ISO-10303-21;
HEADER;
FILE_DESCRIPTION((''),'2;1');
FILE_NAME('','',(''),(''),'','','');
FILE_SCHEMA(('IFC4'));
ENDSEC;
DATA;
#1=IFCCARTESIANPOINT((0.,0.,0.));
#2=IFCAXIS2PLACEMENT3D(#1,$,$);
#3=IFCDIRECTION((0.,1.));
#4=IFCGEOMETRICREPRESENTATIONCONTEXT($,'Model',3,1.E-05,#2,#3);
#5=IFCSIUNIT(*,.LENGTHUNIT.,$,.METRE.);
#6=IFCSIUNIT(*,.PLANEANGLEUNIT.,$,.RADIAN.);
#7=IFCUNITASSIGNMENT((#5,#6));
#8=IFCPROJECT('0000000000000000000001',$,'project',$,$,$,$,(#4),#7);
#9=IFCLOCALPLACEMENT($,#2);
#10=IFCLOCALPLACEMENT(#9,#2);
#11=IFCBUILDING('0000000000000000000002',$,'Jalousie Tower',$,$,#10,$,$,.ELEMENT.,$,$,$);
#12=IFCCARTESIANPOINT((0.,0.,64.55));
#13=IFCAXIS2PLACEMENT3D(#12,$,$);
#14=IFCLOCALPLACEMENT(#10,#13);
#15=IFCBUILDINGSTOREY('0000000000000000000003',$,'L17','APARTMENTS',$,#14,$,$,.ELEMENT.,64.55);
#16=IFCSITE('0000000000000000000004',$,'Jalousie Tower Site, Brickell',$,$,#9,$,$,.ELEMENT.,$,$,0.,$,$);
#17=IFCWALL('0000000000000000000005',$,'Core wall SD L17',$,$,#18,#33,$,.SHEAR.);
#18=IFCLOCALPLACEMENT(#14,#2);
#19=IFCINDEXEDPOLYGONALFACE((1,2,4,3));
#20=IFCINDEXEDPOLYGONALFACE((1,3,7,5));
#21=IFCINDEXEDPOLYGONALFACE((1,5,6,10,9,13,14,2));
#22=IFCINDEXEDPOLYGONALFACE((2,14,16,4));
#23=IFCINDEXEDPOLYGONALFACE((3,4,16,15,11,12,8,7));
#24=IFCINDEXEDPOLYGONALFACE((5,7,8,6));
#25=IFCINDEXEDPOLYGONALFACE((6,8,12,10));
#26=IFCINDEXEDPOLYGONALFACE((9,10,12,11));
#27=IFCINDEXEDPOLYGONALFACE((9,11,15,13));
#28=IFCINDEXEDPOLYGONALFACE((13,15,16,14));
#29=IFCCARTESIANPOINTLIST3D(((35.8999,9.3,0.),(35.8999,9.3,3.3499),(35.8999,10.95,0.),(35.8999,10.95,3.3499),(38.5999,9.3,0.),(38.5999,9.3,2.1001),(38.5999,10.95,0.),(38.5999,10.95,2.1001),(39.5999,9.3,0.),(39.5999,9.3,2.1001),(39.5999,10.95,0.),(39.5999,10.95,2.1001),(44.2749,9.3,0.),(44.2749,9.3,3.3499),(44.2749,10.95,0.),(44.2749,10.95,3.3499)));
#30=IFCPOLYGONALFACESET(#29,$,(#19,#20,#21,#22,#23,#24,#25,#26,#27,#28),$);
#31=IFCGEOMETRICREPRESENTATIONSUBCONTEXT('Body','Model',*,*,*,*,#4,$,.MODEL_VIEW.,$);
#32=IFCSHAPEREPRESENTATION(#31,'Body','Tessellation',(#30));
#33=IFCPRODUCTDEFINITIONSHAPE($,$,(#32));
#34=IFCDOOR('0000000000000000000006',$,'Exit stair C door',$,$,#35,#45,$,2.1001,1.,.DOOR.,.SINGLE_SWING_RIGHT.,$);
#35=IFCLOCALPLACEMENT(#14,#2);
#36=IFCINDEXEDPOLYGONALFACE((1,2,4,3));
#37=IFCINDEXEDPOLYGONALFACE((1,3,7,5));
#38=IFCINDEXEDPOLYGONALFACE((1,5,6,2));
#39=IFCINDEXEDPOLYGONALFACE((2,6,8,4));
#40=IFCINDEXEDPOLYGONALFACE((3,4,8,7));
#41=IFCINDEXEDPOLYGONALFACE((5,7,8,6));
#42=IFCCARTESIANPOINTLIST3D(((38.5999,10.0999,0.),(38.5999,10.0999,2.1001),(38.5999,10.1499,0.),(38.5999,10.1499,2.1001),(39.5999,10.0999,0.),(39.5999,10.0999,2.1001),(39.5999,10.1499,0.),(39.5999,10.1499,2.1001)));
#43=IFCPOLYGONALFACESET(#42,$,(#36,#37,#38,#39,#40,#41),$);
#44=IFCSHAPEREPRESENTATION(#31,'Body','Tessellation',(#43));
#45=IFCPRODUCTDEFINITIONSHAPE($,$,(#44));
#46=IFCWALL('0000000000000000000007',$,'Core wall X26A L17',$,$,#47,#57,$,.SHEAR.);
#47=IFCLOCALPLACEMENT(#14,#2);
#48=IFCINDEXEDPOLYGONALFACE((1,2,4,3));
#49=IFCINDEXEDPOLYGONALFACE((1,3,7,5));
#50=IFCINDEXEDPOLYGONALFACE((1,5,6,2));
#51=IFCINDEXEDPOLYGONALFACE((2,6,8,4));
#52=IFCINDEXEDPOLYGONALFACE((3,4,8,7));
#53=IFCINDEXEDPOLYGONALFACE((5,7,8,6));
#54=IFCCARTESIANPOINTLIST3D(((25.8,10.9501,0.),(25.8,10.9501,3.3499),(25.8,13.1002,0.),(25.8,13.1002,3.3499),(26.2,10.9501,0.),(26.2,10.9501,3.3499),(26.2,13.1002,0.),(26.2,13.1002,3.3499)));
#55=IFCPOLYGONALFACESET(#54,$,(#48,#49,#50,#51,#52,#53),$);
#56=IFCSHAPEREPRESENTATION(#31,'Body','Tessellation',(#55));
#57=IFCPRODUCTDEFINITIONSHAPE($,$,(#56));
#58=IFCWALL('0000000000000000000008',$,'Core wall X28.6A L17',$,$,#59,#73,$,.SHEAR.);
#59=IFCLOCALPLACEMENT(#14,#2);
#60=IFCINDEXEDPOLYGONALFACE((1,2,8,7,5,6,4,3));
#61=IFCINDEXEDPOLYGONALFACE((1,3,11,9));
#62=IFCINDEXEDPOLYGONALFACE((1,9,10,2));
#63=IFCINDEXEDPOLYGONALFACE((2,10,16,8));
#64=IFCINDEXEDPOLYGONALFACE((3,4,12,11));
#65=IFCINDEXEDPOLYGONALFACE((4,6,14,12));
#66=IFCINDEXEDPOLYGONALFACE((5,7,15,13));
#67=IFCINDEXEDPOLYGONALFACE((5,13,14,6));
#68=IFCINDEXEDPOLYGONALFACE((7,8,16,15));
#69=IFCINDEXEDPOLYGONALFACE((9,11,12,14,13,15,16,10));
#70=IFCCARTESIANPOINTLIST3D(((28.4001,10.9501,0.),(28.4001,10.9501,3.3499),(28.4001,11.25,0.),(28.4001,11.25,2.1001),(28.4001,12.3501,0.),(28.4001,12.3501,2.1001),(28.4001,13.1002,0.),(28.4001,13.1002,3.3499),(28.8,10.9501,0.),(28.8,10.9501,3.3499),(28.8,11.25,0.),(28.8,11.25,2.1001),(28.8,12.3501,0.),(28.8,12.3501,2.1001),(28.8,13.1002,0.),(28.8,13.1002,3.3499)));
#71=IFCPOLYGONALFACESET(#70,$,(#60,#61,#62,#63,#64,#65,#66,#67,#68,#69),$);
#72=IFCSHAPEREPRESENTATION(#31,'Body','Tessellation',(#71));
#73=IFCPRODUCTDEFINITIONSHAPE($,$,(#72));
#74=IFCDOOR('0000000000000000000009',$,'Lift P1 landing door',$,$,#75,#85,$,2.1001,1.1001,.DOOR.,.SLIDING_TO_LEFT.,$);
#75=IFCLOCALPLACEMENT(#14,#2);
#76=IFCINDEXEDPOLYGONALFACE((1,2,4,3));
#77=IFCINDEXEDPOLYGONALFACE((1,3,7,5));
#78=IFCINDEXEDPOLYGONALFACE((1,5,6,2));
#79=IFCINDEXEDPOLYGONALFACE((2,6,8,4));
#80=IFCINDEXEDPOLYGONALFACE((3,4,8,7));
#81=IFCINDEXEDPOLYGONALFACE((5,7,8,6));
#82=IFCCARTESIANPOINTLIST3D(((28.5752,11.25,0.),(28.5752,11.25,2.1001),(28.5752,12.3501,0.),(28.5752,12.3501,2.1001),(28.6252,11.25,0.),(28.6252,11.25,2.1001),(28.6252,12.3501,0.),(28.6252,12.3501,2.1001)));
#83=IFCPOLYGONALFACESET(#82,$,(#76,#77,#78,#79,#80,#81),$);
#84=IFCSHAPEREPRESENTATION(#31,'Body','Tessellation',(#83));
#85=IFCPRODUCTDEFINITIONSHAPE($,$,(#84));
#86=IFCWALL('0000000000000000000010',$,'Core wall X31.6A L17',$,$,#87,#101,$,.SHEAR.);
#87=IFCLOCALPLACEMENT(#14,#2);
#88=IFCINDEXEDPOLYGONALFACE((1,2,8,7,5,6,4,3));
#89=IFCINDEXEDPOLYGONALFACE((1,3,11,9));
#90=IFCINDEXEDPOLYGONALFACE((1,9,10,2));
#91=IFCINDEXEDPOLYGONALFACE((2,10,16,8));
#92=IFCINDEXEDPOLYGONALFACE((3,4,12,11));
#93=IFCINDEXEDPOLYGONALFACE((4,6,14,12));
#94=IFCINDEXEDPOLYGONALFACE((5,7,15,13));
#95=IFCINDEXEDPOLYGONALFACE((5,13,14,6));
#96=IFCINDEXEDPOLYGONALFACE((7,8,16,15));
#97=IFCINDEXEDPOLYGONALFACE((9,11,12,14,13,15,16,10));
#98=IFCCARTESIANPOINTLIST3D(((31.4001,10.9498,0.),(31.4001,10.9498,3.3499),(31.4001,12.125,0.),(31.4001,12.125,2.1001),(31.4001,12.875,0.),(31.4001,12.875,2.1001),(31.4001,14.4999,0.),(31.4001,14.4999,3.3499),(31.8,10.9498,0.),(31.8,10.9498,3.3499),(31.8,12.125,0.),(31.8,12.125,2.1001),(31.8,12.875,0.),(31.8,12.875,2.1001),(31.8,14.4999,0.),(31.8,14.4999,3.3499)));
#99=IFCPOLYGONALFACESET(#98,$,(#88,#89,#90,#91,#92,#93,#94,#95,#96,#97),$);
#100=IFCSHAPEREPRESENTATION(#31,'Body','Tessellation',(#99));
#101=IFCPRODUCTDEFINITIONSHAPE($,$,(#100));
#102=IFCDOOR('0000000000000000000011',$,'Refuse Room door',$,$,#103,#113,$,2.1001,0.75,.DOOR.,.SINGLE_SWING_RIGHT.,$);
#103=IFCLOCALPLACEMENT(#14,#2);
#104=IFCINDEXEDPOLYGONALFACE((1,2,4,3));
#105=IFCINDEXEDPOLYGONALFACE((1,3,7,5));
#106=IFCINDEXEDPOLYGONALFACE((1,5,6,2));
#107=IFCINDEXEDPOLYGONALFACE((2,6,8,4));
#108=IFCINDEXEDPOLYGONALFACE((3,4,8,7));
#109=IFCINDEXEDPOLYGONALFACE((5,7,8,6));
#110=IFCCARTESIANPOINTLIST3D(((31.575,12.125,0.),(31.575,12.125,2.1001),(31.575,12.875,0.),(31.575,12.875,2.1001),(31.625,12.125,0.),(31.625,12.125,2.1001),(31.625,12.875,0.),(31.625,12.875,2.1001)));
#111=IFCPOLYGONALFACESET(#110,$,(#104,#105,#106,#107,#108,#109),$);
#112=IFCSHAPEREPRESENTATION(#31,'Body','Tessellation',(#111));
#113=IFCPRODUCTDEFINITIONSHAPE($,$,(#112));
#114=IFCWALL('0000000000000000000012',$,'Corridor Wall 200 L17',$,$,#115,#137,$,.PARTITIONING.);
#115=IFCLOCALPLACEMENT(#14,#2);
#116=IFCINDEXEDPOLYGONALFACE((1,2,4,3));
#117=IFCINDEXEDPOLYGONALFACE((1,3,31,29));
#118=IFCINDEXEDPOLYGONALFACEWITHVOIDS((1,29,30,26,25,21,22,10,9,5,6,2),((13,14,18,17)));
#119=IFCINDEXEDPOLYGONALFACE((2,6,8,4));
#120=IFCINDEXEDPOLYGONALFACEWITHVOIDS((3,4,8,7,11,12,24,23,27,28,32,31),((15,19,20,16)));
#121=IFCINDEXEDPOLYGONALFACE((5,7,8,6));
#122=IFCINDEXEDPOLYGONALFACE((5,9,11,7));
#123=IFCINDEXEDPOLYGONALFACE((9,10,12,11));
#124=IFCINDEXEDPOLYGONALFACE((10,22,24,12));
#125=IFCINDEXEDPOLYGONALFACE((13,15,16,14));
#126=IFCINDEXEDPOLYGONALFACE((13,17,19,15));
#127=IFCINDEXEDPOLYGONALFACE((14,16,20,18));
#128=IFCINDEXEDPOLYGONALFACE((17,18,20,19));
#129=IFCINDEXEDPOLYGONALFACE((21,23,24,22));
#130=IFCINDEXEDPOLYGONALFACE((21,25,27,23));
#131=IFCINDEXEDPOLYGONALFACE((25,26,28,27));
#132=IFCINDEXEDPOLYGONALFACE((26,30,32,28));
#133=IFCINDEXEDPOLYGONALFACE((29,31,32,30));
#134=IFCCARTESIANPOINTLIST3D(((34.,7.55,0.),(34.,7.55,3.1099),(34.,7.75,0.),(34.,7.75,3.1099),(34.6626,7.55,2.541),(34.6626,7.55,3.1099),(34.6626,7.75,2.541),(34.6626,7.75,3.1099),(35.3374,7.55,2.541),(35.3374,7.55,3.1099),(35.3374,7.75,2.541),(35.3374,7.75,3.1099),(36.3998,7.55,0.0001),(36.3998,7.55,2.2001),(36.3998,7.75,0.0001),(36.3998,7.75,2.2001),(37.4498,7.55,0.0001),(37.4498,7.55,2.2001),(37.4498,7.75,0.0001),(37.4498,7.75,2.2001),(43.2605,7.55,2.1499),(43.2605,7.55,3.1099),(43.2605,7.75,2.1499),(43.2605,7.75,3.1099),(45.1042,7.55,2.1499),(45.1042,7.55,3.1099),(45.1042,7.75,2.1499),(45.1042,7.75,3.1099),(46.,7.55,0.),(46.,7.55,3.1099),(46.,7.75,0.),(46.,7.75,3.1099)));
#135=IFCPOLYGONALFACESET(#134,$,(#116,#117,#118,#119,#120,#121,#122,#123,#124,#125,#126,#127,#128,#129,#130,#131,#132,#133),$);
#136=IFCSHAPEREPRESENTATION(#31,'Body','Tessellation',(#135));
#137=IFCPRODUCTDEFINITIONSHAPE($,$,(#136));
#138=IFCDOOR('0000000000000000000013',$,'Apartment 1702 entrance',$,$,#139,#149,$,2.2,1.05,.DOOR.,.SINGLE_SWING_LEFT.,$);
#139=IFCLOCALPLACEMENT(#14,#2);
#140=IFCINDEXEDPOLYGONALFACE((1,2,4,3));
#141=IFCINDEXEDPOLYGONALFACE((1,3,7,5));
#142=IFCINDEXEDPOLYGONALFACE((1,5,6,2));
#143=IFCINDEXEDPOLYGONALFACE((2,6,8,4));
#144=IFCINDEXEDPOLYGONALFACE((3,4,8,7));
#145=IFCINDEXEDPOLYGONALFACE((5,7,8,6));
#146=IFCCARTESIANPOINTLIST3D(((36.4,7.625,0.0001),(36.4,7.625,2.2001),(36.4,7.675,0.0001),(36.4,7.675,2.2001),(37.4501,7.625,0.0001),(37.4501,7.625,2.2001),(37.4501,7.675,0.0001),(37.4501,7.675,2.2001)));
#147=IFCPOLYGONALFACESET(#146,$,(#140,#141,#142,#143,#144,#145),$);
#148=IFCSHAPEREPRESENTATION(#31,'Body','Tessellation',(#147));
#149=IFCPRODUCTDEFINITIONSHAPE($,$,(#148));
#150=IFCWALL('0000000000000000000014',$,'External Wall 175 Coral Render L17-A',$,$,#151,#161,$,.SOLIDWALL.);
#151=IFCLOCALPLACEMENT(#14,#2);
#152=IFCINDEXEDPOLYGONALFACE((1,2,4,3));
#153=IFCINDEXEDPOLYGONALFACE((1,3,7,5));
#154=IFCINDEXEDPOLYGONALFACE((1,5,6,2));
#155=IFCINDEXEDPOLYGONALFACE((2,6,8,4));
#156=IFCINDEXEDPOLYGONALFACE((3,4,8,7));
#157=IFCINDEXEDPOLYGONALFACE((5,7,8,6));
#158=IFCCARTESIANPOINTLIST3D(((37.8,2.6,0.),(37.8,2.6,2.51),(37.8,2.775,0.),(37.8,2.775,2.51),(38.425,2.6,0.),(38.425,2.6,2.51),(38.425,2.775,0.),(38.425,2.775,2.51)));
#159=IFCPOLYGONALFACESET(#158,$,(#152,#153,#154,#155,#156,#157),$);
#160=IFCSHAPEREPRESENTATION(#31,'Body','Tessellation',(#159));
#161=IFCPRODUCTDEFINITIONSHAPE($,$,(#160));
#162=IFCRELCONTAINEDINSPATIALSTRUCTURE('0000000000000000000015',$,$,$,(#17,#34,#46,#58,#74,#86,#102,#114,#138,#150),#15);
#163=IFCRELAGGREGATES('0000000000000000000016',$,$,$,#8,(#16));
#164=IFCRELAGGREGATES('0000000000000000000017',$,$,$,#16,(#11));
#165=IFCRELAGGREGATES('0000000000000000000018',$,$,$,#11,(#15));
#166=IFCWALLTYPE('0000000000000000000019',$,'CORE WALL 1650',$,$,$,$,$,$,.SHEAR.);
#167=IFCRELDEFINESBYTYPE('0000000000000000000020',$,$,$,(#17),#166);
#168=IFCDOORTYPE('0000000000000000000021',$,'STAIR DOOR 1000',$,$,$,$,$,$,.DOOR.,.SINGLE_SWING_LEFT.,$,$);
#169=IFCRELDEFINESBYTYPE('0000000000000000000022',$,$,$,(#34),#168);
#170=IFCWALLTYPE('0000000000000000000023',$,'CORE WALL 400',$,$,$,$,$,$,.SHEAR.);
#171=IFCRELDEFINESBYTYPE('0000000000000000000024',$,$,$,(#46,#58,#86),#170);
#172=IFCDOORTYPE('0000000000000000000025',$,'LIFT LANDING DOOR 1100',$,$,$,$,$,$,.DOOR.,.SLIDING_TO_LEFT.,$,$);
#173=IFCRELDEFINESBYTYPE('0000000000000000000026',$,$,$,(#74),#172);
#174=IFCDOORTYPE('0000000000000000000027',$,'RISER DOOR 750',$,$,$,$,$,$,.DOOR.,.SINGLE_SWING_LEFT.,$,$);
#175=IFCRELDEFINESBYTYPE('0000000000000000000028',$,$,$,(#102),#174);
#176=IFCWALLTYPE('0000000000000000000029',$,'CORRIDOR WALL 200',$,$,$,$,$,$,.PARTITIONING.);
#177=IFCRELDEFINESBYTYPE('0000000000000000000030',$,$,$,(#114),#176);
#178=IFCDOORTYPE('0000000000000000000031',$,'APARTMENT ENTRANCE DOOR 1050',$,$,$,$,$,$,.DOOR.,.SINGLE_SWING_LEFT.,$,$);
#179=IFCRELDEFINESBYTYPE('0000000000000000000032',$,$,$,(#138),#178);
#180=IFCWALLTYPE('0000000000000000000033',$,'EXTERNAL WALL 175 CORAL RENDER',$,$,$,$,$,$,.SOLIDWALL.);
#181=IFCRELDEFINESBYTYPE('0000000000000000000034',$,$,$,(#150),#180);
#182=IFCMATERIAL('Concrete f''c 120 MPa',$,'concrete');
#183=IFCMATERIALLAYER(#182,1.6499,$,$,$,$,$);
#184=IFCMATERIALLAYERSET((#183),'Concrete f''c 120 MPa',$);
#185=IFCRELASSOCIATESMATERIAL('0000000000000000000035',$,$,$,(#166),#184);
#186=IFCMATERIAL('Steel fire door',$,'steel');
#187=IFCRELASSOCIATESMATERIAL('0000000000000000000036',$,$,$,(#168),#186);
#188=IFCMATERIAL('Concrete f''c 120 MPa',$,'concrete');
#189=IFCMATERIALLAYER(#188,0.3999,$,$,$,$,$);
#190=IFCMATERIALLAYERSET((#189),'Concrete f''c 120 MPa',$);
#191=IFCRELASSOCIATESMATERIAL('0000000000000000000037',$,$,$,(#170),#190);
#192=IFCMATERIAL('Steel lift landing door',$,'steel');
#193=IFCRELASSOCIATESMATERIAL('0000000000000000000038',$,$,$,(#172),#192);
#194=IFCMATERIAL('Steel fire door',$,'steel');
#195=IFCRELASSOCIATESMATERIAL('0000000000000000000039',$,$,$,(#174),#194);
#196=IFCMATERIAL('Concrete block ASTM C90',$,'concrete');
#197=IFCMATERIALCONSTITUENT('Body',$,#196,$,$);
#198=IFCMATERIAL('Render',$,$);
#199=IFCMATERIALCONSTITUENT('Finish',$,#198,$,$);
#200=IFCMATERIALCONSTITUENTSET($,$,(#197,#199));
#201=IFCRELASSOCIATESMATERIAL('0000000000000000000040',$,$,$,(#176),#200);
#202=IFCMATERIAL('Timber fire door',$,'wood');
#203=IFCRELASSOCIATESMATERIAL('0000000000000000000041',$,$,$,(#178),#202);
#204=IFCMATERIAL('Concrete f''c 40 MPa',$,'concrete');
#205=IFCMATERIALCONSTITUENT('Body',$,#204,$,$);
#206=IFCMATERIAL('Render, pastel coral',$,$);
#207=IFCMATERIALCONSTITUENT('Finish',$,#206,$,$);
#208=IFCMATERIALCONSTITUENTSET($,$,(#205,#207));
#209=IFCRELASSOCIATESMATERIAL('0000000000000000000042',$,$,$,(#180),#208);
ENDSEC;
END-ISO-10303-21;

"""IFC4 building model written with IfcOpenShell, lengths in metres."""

from ifc_helpers import new_model, si_unit, direction, frame, frame_2d, origin, place, context, subcontext, project, spatial, polyline, rectangle, outline, extrude, material, layer, layer_set, constituent, constituent_set, type_object, element, fill, save


model = new_model("IFC4")

# Units and contexts
model_context = context("Model", 3, precision=1e-05, world=origin(), true_north=direction((0.0, 1.0)))
body_context = subcontext(model_context, "Body", "Model", "MODEL_VIEW")
ifc_project = project(units=[si_unit("LENGTHUNIT", "METRE"), si_unit("PLANEANGLEUNIT", "RADIAN")], contexts=[model_context])

# Site, building, storey
site_placement = place(None, origin())
site = spatial("IfcSite", under=ifc_project, at=site_placement, Name="Jalousie Tower Site, Brickell", CompositionType="ELEMENT", RefElevation=0.0)
building_placement = place(site_placement, origin())
building = spatial("IfcBuilding", under=site, at=building_placement, Name="Jalousie Tower", CompositionType="ELEMENT")
storey_placement = place(building_placement, frame((0.0, 0.0, 64.55)))
storey = spatial("IfcBuildingStorey", under=building, at=storey_placement, Name="L17", Description="APARTMENTS", CompositionType="ELEMENT", Elevation=64.55)

# Shared definitions
ifc_material_1 = material(Name="Concrete f'c 120 MPa", Category="concrete")
ifc_layer_1 = layer(ifc_material_1, 1.6499)
ifc_layer_set_1 = layer_set([ifc_layer_1], Name="Concrete f'c 120 MPa")
wall_type_1 = type_object("IfcWallType", Name="CORE WALL 1650", PredefinedType="SHEAR", material=ifc_layer_set_1)

# Wall, opening, door
wall_1_placement = place(storey_placement, frame((35.8999, 10.125, 0.0), z_axis=(0.0, 0.0, 1.0), x_axis=(1.0, 0.0, 0.0)))
wall_1 = element("IfcWall", 1, at=wall_1_placement, inside=storey, type_object=wall_type_1, Name="Core wall SD L17", PredefinedType="SHEAR", context=body_context, shape_type="SweptSolid", body=[
    extrude(rectangle(XDim=8.375, YDim=1.6499, at=frame_2d((4.1875, 0.0))), origin(), (0.0, 0.0, 1.0), 3.3499),
])
opening_1_placement = place(wall_1_placement, frame((2.7, 0.0, 0.0)))
opening_1 = element("IfcOpeningElement", 2, at=opening_1_placement, cuts=wall_1, PredefinedType="OPENING", context=body_context, shape_type="SweptSolid", body=[
    extrude(rectangle(XDim=1.0, YDim=2.1001, at=frame_2d((0.5, 1.05))), frame((0.0, 0.835, 0.0), z_axis=(0.0, -1.0, 0.0), x_axis=(1.0, 0.0, 0.0)), (0.0, 0.0, 1.0), 1.6699),
])
ifc_material_2 = material(Name="Steel fire door", Category="steel")
door_type_1 = type_object("IfcDoorType", Name="STAIR DOOR 1000", OperationType="SINGLE_SWING_LEFT", PredefinedType="DOOR", material=ifc_material_2)
door_1_placement = place(opening_1_placement, origin())
door_1 = element("IfcDoor", 3, at=door_1_placement, inside=storey, type_object=door_type_1, Name="Exit stair C door", OperationType="SINGLE_SWING_RIGHT", OverallHeight=2.1001, OverallWidth=1.0, PredefinedType="DOOR", context=body_context, shape_type="SweptSolid", body=[
    extrude(rectangle(XDim=1.0, YDim=2.1001, at=frame_2d((0.5, 1.05))), frame((0.0, 0.0249, 0.0), z_axis=(0.0, -1.0, 0.0), x_axis=(1.0, 0.0, 0.0)), (0.0, 0.0, 1.0), 0.05),
])
fill(opening_1, door_1)

# Wall
ifc_material_3 = material(Name="Concrete f'c 120 MPa", Category="concrete")
ifc_layer_2 = layer(ifc_material_3, 0.3999)
ifc_layer_set_2 = layer_set([ifc_layer_2], Name="Concrete f'c 120 MPa")
wall_type_2 = type_object("IfcWallType", Name="CORE WALL 400", PredefinedType="SHEAR", material=ifc_layer_set_2)
wall_2_placement = place(storey_placement, frame((26.0, 10.95, 0.0), z_axis=(0.0, 0.0, 1.0), x_axis=(0.0, 1.0, 0.0)))
element("IfcWall", 4, at=wall_2_placement, inside=storey, type_object=wall_type_2, Name="Core wall X26A L17", PredefinedType="SHEAR", context=body_context, shape_type="SweptSolid", body=[
    extrude(rectangle(XDim=2.1501, YDim=0.3999, at=frame_2d((1.0752, 0.0))), origin(), (0.0, 0.0, 1.0), 3.3499),
])

# Walls, openings, doors
wall_3_placement = place(storey_placement, frame((28.6001, 10.95, 0.0), z_axis=(0.0, 0.0, 1.0), x_axis=(0.0, 1.0, 0.0)))
wall_3 = element("IfcWall", 5, at=wall_3_placement, inside=storey, type_object=wall_type_2, Name="Core wall X28.6A L17", PredefinedType="SHEAR", context=body_context, shape_type="SweptSolid", body=[
    extrude(rectangle(XDim=2.1501, YDim=0.3999, at=frame_2d((1.0752, 0.0))), origin(), (0.0, 0.0, 1.0), 3.3499),
])
opening_2_placement = place(wall_3_placement, frame((0.3, 0.0, 0.0)))
opening_2 = element("IfcOpeningElement", 6, at=opening_2_placement, cuts=wall_3, PredefinedType="OPENING", context=body_context, shape_type="SweptSolid", body=[
    extrude(rectangle(XDim=1.1001, YDim=2.1001, at=frame_2d((0.55, 1.05))), frame((0.0, 0.21, 0.0), z_axis=(0.0, -1.0, 0.0), x_axis=(1.0, 0.0, 0.0)), (0.0, 0.0, 1.0), 0.4199),
])
ifc_material_4 = material(Name="Steel lift landing door", Category="steel")
door_type_2 = type_object("IfcDoorType", Name="LIFT LANDING DOOR 1100", OperationType="SLIDING_TO_LEFT", PredefinedType="DOOR", material=ifc_material_4)
door_2_placement = place(opening_2_placement, origin())
door_2 = element("IfcDoor", 7, at=door_2_placement, inside=storey, type_object=door_type_2, Name="Lift P1 landing door", OperationType="SLIDING_TO_LEFT", OverallHeight=2.1001, OverallWidth=1.1001, PredefinedType="DOOR", context=body_context, shape_type="SweptSolid", body=[
    extrude(rectangle(XDim=1.1001, YDim=2.1001, at=frame_2d((0.55, 1.05))), frame((0.0, 0.0249, 0.0), z_axis=(0.0, -1.0, 0.0), x_axis=(1.0, 0.0, 0.0)), (0.0, 0.0, 1.0), 0.05),
])
fill(opening_2, door_2)
wall_4_placement = place(storey_placement, frame((31.6001, 10.95, 0.0), z_axis=(0.0, 0.0, 1.0), x_axis=(0.0, 1.0, 0.0)))
wall_4 = element("IfcWall", 8, at=wall_4_placement, inside=storey, type_object=wall_type_2, Name="Core wall X31.6A L17", PredefinedType="SHEAR", context=body_context, shape_type="SweptSolid", body=[
    extrude(rectangle(XDim=3.55, YDim=0.3999, at=frame_2d((1.7749, 0.0))), origin(), (0.0, 0.0, 1.0), 3.3499),
])
opening_3_placement = place(wall_4_placement, frame((1.175, 0.0, 0.0)))
opening_3 = element("IfcOpeningElement", 9, at=opening_3_placement, cuts=wall_4, PredefinedType="OPENING", context=body_context, shape_type="SweptSolid", body=[
    extrude(rectangle(XDim=0.75, YDim=2.1001, at=frame_2d((0.375, 1.05))), frame((0.0, 0.21, 0.0), z_axis=(0.0, -1.0, 0.0), x_axis=(1.0, 0.0, 0.0)), (0.0, 0.0, 1.0), 0.4199),
])
ifc_material_5 = material(Name="Steel fire door", Category="steel")
door_type_3 = type_object("IfcDoorType", Name="RISER DOOR 750", OperationType="SINGLE_SWING_LEFT", PredefinedType="DOOR", material=ifc_material_5)
door_3_placement = place(opening_3_placement, frame((0.75, 0.0, 0.0), z_axis=(0.0, 0.0, 1.0), x_axis=(-1.0, 0.0, 0.0)))
door_3 = element("IfcDoor", 10, at=door_3_placement, inside=storey, type_object=door_type_3, Name="Refuse Room door", OperationType="SINGLE_SWING_RIGHT", OverallHeight=2.1001, OverallWidth=0.75, PredefinedType="DOOR", context=body_context, shape_type="SweptSolid", body=[
    extrude(rectangle(XDim=0.75, YDim=2.1001, at=frame_2d((0.375, 1.05))), frame((0.0, 0.0249, 0.0), z_axis=(0.0, -1.0, 0.0), x_axis=(1.0, 0.0, 0.0)), (0.0, 0.0, 1.0), 0.05),
])
fill(opening_3, door_3)
ifc_material_6 = material(Name="Concrete block ASTM C90", Category="concrete")
ifc_constituent_1 = constituent(ifc_material_6, Name="Body")
ifc_material_7 = material(Name="Render")
ifc_constituent_2 = constituent(ifc_material_7, Name="Finish")
ifc_constituent_set_1 = constituent_set(constituents=[ifc_constituent_1, ifc_constituent_2])
wall_type_3 = type_object("IfcWallType", Name="CORRIDOR WALL 200", PredefinedType="PARTITIONING", material=ifc_constituent_set_1)
wall_5_placement = place(storey_placement, frame((34.0, 7.6499, 0.0), z_axis=(0.0, 0.0, 1.0), x_axis=(1.0, 0.0, 0.0)))
wall_5 = element("IfcWall", 11, at=wall_5_placement, inside=storey, type_object=wall_type_3, Name="Corridor Wall 200 L17", PredefinedType="PARTITIONING", context=body_context, shape_type="SweptSolid", body=[
    extrude(outline(polyline([(0.0, 0.0), (12.0, 0.0), (12.0, 3.1099), (11.1042, 3.1099), (11.1042, 2.1499), (9.2605, 2.1499), (9.2605, 3.1099), (1.3374, 3.1099), (1.3374, 2.541), (0.6626, 2.541), (0.6626, 3.1099), (0.0, 3.1099), (0.0, 0.0)])), frame((0.0, 0.1001, 0.0), z_axis=(0.0, -1.0, 0.0), x_axis=(1.0, 0.0, 0.0)), (0.0, 0.0, 1.0), 0.2),
])
opening_4_placement = place(wall_5_placement, frame((2.3999, 0.0, 0.0)))
opening_4 = element("IfcOpeningElement", 12, at=opening_4_placement, cuts=wall_5, PredefinedType="OPENING", context=body_context, shape_type="SweptSolid", body=[
    extrude(rectangle(XDim=1.05, YDim=2.2, at=frame_2d((0.5249, 1.1001))), frame((0.0, 0.1099, 0.0), z_axis=(0.0, -1.0, 0.0), x_axis=(1.0, 0.0, 0.0)), (0.0, 0.0, 1.0), 0.22),
])
ifc_material_8 = material(Name="Timber fire door", Category="wood")
door_type_4 = type_object("IfcDoorType", Name="APARTMENT ENTRANCE DOOR 1050", OperationType="SINGLE_SWING_LEFT", PredefinedType="DOOR", material=ifc_material_8)
door_4_placement = place(opening_4_placement, frame((1.05, 0.0, 0.0), z_axis=(0.0, 0.0, 1.0), x_axis=(-1.0, 0.0, 0.0)))
door_4 = element("IfcDoor", 13, at=door_4_placement, inside=storey, type_object=door_type_4, Name="Apartment 1702 entrance", OperationType="SINGLE_SWING_LEFT", OverallHeight=2.2, OverallWidth=1.05, PredefinedType="DOOR", context=body_context, shape_type="SweptSolid", body=[
    extrude(rectangle(XDim=1.05, YDim=2.2, at=frame_2d((0.5249, 1.1001))), frame((0.0, 0.0249, 0.0), z_axis=(0.0, -1.0, 0.0), x_axis=(1.0, 0.0, 0.0)), (0.0, 0.0, 1.0), 0.05),
])
fill(opening_4, door_4)

# Wall
ifc_material_9 = material(Name="Concrete f'c 40 MPa", Category="concrete")
ifc_constituent_3 = constituent(ifc_material_9, Name="Body")
ifc_material_10 = material(Name="Render, pastel coral")
ifc_constituent_4 = constituent(ifc_material_10, Name="Finish")
ifc_constituent_set_2 = constituent_set(constituents=[ifc_constituent_3, ifc_constituent_4])
wall_type_4 = type_object("IfcWallType", Name="EXTERNAL WALL 175 CORAL RENDER", PredefinedType="SOLIDWALL", material=ifc_constituent_set_2)
wall_6_placement = place(storey_placement, frame((37.8, 2.6875, 0.0), z_axis=(0.0, 0.0, 1.0), x_axis=(1.0, 0.0, 0.0)))
element("IfcWall", 14, at=wall_6_placement, inside=storey, type_object=wall_type_4, Name="External Wall 175 Coral Render L17-A", PredefinedType="SOLIDWALL", context=body_context, shape_type="SweptSolid", body=[
    extrude(rectangle(XDim=0.625, YDim=0.175, at=frame_2d((0.3125, 0.0))), origin(), (0.0, 0.0, 1.0), 2.51),
])

save(model, "model.ifc")
